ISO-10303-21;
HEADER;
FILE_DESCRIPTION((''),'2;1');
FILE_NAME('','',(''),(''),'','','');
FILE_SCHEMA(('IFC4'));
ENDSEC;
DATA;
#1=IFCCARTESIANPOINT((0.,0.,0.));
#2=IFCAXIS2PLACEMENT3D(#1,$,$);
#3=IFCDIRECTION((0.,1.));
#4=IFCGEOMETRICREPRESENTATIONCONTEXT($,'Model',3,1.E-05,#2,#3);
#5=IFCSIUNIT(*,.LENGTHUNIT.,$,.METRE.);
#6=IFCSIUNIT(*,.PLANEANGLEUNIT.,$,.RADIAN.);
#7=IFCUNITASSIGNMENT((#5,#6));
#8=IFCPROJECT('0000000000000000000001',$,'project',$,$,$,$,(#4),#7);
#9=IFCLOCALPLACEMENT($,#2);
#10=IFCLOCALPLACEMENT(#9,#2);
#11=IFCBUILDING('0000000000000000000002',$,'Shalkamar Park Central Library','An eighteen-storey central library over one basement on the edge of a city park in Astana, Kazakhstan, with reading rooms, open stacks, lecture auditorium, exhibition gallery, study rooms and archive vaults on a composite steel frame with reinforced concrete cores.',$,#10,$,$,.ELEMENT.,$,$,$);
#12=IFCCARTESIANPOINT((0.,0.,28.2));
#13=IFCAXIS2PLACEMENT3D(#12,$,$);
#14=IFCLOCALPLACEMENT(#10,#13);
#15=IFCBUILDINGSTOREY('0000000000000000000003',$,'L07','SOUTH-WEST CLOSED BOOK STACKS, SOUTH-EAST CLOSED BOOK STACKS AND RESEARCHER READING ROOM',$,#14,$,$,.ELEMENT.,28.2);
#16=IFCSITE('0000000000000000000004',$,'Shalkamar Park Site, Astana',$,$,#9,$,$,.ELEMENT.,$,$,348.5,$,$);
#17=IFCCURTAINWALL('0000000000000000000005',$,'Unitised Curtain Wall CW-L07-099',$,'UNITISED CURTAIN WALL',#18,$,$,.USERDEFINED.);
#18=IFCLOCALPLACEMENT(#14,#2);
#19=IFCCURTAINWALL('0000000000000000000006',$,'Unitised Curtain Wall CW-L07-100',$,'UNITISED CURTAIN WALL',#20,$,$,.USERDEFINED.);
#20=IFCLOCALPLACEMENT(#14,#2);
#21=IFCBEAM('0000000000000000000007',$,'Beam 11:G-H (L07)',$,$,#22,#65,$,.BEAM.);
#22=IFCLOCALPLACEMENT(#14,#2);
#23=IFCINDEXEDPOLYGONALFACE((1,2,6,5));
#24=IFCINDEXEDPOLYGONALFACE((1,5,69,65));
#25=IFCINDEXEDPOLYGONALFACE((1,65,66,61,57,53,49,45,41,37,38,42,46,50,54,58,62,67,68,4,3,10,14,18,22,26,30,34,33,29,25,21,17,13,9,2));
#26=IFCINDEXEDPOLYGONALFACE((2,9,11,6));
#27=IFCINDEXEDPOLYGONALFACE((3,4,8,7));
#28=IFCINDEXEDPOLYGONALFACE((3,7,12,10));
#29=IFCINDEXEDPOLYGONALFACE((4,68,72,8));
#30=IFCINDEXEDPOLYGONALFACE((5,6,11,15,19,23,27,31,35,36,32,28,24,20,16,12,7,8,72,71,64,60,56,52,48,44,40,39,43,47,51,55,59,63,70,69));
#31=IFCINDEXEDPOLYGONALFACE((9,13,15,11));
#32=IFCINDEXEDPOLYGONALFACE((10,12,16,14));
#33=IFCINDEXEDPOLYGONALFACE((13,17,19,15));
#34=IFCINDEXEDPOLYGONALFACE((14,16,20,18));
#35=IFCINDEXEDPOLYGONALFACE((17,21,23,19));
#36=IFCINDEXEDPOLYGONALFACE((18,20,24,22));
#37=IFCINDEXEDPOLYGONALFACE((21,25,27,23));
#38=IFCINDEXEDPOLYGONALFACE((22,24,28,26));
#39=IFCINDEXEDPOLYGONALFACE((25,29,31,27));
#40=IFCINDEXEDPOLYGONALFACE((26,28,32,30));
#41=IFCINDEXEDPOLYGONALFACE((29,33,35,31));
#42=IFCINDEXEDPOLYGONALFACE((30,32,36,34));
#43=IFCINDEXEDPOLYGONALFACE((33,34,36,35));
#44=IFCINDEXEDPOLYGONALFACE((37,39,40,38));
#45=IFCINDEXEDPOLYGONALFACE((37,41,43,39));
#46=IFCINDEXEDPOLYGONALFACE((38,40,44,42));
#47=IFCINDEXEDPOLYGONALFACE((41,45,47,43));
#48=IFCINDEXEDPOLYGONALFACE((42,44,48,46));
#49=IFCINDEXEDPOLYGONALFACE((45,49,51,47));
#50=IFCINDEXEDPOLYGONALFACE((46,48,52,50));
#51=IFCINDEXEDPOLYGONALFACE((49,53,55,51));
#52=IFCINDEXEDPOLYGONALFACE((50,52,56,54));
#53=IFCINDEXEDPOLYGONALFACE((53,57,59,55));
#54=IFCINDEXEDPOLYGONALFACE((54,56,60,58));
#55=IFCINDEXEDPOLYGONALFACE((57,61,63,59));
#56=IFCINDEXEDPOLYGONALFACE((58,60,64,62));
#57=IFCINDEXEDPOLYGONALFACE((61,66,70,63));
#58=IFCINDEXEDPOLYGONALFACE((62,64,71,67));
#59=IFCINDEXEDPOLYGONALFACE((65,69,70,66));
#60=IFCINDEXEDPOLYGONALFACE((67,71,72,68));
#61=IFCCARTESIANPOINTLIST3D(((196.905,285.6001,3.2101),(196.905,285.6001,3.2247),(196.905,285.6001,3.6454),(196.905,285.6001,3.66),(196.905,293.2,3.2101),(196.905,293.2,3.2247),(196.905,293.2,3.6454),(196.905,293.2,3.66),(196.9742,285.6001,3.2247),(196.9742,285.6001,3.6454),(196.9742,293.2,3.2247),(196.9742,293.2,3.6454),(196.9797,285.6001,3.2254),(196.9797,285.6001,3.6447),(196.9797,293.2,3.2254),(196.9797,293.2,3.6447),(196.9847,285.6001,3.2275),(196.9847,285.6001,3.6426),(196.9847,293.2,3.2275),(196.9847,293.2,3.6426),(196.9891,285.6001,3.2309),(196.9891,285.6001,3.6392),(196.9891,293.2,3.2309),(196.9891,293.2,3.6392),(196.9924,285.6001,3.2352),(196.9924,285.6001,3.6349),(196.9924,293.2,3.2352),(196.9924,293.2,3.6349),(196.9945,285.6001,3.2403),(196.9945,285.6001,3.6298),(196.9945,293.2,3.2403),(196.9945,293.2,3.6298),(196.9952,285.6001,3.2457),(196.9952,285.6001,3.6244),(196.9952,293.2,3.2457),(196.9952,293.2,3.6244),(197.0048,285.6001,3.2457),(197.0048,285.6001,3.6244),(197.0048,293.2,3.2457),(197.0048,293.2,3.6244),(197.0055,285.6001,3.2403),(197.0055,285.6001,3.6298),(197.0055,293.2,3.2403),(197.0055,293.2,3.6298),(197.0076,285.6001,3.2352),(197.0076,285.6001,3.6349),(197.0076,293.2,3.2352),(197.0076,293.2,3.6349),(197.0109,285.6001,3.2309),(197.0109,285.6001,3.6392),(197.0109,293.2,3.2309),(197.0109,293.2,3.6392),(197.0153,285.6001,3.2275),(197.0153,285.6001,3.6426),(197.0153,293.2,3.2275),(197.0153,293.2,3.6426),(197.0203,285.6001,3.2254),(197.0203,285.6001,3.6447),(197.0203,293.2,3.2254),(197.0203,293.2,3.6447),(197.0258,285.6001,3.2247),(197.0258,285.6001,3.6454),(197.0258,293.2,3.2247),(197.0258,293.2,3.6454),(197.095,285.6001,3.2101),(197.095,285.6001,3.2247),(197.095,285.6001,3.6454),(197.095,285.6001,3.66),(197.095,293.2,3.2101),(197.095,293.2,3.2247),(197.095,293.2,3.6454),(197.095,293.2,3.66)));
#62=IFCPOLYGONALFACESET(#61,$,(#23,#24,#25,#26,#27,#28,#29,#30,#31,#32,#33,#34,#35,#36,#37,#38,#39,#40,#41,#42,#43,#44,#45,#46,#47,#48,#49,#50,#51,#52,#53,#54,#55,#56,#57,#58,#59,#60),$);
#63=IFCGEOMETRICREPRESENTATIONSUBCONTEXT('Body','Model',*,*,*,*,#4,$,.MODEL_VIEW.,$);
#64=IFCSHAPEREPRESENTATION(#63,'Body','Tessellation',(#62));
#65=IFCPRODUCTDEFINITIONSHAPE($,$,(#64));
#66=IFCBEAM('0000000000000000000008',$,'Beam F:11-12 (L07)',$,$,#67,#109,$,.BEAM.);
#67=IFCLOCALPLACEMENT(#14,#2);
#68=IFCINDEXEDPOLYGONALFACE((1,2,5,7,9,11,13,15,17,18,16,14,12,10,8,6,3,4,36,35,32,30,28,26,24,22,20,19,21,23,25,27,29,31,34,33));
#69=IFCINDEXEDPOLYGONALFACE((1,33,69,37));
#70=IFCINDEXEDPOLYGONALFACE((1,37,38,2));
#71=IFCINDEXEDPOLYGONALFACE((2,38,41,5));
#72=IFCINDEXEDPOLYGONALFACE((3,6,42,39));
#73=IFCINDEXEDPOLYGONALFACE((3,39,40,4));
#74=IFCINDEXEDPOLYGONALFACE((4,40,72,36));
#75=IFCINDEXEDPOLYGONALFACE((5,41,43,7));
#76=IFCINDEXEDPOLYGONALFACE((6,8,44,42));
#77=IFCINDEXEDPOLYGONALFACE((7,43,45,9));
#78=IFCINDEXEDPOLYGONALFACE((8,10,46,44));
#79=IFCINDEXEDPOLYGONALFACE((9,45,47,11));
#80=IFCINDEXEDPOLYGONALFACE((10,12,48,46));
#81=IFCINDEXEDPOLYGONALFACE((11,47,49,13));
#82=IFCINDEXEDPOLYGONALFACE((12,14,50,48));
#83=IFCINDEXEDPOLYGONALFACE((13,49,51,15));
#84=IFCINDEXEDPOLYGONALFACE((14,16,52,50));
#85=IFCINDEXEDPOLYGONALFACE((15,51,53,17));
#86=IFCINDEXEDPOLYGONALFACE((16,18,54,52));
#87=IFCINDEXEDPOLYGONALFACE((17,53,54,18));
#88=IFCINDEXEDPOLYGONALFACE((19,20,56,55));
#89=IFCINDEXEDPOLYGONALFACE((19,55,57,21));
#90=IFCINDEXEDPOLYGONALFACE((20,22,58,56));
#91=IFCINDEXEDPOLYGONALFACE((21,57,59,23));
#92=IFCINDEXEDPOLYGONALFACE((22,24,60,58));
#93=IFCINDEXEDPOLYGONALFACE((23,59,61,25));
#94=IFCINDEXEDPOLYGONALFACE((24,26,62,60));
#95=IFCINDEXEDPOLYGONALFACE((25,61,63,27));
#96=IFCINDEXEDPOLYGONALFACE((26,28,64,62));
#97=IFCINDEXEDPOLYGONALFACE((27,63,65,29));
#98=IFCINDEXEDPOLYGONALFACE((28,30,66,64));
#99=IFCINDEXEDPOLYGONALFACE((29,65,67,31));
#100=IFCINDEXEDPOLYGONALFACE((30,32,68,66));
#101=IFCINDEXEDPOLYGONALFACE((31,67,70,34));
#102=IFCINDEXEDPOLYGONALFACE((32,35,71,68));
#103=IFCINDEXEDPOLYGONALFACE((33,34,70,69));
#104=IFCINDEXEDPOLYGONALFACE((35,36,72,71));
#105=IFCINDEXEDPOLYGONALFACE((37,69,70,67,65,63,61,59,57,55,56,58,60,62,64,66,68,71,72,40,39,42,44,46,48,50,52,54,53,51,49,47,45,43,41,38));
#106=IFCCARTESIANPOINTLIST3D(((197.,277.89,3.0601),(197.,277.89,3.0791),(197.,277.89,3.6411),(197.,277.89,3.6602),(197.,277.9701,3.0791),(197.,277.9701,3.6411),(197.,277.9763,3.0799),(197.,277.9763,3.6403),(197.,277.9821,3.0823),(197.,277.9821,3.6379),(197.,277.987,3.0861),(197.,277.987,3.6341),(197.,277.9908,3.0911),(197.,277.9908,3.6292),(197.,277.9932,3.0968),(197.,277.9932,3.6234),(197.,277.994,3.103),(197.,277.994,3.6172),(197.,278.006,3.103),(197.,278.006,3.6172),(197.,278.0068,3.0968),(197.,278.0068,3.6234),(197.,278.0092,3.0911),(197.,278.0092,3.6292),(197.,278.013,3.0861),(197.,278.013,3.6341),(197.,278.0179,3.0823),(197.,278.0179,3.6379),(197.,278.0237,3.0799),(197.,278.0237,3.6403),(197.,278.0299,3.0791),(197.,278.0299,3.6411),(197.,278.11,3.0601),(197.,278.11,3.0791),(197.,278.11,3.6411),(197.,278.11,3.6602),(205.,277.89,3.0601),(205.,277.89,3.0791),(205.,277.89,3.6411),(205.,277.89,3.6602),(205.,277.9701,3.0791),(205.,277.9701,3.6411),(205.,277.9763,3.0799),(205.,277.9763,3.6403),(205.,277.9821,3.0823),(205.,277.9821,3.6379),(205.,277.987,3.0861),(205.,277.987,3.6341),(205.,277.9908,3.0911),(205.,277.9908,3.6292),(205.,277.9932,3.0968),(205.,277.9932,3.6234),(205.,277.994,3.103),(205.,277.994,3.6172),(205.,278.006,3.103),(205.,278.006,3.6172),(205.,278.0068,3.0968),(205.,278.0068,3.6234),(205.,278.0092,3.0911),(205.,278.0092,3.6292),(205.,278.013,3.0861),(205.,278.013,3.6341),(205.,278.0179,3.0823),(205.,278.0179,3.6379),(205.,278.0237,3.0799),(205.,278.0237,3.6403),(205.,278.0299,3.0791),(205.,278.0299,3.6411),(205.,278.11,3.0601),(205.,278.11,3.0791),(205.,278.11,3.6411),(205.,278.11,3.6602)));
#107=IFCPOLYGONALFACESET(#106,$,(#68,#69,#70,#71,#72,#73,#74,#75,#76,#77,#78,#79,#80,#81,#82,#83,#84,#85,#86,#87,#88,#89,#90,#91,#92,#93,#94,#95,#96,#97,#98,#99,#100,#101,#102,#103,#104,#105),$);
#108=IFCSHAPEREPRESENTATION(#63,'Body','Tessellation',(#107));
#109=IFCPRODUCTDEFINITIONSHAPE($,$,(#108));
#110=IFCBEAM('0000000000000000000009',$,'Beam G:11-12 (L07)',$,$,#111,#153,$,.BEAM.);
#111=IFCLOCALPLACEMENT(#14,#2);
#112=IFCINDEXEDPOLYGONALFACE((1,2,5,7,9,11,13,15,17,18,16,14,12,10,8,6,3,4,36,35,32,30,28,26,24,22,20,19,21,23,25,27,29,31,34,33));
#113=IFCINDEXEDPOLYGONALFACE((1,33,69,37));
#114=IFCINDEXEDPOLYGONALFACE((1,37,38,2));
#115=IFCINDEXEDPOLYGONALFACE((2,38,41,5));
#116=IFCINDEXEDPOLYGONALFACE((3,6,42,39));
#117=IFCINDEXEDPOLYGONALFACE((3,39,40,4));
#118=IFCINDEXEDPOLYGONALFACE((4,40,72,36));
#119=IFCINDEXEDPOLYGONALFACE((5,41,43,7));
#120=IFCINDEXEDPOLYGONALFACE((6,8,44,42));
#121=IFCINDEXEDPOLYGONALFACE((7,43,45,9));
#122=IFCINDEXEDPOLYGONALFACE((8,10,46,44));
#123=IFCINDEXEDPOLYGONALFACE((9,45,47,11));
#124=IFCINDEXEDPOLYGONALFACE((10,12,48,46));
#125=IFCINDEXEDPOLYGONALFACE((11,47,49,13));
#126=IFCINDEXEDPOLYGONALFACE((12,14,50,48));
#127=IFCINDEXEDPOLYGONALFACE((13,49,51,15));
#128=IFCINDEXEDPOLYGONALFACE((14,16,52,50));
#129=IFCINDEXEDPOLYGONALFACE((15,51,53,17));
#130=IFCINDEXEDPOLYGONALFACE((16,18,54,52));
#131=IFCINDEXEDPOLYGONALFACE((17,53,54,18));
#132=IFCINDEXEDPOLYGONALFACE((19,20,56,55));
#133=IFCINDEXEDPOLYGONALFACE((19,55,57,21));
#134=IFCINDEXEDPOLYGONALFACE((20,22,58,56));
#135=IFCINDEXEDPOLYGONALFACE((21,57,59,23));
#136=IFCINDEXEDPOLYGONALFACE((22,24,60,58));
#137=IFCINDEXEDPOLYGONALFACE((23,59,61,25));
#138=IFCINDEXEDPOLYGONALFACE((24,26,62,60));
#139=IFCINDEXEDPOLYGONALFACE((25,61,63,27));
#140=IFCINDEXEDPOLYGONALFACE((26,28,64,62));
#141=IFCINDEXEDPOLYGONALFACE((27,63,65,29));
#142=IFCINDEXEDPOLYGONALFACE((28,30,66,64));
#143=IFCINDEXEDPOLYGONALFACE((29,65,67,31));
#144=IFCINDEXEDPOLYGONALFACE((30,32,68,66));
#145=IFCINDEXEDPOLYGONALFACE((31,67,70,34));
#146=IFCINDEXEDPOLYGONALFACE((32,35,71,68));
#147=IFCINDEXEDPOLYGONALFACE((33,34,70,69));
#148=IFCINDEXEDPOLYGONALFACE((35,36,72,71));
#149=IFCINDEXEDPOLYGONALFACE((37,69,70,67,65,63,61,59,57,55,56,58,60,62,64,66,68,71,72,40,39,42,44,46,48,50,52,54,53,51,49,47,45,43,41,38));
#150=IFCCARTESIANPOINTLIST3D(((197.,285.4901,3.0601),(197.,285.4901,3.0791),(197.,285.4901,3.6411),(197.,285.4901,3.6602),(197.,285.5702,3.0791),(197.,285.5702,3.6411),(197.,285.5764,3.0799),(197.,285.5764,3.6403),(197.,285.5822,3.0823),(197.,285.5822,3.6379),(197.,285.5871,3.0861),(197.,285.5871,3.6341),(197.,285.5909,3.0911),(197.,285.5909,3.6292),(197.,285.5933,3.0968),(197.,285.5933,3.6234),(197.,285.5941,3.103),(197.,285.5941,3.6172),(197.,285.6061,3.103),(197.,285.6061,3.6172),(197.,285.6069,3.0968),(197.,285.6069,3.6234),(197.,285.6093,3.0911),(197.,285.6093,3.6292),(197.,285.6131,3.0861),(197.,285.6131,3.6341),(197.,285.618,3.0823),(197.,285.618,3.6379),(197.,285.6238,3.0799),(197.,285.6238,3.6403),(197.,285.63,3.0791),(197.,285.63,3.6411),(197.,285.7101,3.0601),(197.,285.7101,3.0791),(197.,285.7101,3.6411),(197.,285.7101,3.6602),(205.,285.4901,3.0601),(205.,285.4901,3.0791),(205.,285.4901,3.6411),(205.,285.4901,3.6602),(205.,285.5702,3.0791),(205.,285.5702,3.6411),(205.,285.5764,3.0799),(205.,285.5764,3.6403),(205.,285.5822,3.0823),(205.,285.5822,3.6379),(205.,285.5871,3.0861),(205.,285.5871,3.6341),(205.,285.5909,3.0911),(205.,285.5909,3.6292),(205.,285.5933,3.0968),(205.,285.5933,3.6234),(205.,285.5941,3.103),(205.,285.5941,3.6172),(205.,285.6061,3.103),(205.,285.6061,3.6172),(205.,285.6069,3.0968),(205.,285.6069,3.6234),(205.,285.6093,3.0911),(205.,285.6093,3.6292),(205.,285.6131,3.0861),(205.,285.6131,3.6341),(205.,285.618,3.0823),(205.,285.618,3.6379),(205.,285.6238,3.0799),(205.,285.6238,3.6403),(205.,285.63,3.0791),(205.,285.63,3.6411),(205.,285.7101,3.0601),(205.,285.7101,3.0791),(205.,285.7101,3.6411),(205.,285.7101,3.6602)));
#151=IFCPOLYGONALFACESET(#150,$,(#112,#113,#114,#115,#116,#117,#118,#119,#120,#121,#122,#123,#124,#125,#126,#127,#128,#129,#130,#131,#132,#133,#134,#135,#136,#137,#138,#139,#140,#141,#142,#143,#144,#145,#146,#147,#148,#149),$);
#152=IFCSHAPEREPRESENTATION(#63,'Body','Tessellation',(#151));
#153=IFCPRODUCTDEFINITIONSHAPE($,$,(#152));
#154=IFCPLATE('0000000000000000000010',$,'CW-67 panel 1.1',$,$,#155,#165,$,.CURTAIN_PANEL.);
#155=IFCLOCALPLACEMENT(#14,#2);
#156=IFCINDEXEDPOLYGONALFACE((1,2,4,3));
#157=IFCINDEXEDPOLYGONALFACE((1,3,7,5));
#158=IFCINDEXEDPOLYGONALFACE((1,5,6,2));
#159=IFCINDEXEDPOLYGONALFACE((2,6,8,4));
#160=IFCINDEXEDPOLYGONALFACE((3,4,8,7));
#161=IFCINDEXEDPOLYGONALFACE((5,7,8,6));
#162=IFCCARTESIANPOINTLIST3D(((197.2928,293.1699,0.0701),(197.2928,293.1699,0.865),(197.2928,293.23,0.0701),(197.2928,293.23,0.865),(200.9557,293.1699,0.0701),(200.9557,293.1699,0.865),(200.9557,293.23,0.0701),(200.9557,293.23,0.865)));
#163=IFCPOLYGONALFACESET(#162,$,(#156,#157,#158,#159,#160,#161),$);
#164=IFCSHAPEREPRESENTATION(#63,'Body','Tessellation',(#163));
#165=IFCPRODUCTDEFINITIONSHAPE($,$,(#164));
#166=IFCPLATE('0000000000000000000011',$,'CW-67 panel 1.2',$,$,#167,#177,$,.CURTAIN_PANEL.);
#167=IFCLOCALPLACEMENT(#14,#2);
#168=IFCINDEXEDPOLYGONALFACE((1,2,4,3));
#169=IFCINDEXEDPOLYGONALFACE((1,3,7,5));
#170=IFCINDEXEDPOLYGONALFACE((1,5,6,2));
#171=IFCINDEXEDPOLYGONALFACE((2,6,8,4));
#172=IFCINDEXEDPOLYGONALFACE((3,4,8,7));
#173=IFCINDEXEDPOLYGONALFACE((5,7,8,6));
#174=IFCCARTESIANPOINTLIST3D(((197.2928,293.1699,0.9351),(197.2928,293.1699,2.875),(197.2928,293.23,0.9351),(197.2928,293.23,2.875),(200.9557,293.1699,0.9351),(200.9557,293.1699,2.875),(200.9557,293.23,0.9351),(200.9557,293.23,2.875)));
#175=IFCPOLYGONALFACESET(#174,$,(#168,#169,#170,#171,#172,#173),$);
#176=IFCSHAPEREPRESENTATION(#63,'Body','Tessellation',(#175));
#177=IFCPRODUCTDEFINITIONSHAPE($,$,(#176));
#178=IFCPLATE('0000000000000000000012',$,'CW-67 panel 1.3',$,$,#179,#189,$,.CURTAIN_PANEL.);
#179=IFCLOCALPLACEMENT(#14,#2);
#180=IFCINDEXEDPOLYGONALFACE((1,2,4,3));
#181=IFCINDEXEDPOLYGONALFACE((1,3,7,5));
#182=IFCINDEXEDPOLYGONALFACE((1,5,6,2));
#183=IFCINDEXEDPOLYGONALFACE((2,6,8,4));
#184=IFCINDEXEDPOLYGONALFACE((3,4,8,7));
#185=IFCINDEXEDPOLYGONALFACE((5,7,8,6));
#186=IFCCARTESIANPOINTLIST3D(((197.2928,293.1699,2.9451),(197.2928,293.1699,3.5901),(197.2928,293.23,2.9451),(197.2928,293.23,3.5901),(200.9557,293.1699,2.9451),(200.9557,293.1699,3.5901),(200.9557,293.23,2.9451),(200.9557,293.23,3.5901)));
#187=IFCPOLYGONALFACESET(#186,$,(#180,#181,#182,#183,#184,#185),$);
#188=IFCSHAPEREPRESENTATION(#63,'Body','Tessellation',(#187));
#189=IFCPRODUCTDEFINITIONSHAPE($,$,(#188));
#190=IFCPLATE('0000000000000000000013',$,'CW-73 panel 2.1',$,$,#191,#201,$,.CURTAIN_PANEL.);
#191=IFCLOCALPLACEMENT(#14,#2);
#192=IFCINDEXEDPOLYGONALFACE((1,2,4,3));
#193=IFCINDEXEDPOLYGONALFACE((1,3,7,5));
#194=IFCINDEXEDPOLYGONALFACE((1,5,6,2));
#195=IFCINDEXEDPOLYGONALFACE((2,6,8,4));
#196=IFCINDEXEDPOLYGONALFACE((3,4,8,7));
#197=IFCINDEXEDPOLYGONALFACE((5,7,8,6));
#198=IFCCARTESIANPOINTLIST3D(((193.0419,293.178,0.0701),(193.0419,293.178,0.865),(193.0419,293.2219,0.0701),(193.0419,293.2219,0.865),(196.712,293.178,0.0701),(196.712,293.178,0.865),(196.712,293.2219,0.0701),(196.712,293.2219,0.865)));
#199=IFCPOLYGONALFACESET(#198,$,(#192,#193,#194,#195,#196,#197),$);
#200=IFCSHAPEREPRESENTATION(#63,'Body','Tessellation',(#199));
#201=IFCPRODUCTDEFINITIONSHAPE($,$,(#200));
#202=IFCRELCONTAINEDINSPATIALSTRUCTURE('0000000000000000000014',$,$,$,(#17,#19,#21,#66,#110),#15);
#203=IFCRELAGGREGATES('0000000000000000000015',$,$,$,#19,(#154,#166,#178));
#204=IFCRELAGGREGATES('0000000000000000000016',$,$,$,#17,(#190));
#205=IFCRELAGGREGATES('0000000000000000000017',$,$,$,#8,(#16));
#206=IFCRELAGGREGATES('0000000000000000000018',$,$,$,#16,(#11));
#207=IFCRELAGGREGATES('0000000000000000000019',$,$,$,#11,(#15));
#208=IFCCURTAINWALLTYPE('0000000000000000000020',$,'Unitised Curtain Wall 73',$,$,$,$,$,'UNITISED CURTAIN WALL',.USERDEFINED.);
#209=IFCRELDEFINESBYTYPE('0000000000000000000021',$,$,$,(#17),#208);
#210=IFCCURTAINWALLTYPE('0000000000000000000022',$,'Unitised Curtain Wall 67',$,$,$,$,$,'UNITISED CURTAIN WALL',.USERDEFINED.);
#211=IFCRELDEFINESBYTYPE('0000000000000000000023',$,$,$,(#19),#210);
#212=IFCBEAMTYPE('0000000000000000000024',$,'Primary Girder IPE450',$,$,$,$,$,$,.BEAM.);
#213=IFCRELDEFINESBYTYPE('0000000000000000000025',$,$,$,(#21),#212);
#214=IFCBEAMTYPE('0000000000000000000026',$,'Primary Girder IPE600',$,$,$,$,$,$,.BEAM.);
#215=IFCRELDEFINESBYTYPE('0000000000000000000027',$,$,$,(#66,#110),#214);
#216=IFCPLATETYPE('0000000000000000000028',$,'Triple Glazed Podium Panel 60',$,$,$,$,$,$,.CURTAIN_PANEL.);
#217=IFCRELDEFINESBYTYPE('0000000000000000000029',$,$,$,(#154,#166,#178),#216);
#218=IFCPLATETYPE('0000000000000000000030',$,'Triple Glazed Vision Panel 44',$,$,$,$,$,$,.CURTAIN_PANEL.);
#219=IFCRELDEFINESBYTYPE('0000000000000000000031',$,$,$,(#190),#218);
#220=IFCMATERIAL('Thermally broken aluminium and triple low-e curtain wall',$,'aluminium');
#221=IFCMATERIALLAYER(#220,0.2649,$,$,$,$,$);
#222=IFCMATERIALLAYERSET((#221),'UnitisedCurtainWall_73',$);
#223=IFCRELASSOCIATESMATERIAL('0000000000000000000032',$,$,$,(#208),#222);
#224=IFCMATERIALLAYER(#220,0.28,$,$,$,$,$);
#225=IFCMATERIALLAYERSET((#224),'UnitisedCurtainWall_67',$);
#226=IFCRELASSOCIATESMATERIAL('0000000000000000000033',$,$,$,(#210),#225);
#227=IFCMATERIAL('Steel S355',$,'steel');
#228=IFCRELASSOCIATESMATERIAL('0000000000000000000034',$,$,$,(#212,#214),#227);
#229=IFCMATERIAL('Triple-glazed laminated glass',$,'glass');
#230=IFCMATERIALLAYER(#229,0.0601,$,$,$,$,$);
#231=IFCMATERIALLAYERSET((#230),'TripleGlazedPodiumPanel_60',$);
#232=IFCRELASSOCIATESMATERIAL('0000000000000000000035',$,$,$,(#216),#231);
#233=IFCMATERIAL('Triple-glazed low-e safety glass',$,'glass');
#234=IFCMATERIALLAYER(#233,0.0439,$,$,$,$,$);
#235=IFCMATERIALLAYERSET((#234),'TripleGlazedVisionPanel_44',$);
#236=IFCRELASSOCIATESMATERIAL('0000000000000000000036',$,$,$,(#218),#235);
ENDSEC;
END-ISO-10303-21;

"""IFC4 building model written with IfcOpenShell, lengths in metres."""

from ifc_helpers import new_model, si_unit, direction, frame, origin, origin_2d, place, context, subcontext, project, spatial, rectangle, i_section, extrude, material, layer, layer_set, material_profile, profile_set, type_object, element, aggregate, save


model = new_model("IFC4")

# Units and contexts
model_context = context("Model", 3, precision=1e-05, world=origin(), true_north=direction((0.0, 1.0)))
body_context = subcontext(model_context, "Body", "Model", "MODEL_VIEW")
ifc_project = project(units=[si_unit("LENGTHUNIT", "METRE"), si_unit("PLANEANGLEUNIT", "RADIAN")], contexts=[model_context])

# Site, building, storey
site_placement = place(None, origin())
site = spatial("IfcSite", under=ifc_project, at=site_placement, Name="Shalkamar Park Site, Astana", CompositionType="ELEMENT", RefElevation=348.5)
building_placement = place(site_placement, origin())
building = spatial("IfcBuilding", under=site, at=building_placement, Name="Shalkamar Park Central Library", Description="An eighteen-storey central library over one basement on the edge of a city park in Astana, Kazakhstan, with reading rooms, open stacks, lecture auditorium, exhibition gallery, study rooms and archive vaults on a composite steel frame with reinforced concrete cores.", CompositionType="ELEMENT")
storey_placement = place(building_placement, frame((0.0, 0.0, 28.2)))
storey = spatial("IfcBuildingStorey", under=building, at=storey_placement, Name="L07", Description="SOUTH-WEST CLOSED BOOK STACKS, SOUTH-EAST CLOSED BOOK STACKS AND RESEARCHER READING ROOM", CompositionType="ELEMENT", Elevation=28.2)

# Shared definitions
ifc_material_1 = material(Name="Steel S355", Category="steel")

# Curtain wall
ifc_material_2 = material(Name="Thermally broken aluminium and triple low-e curtain wall", Category="aluminium")
ifc_layer_1 = layer(ifc_material_2, 0.2649)
ifc_layer_set_1 = layer_set([ifc_layer_1], Name="UnitisedCurtainWall_73")
curtain_wall_type_1 = type_object("IfcCurtainWallType", Name="Unitised Curtain Wall 73", ElementType="UNITISED CURTAIN WALL", PredefinedType="USERDEFINED", material=ifc_layer_set_1)
curtain_wall_1_placement = place(storey_placement, origin())
curtain_wall_1 = element("IfcCurtainWall", 1, at=curtain_wall_1_placement, inside=storey, type_object=curtain_wall_type_1, Name="Unitised Curtain Wall CW-L07-099", ObjectType="UNITISED CURTAIN WALL", PredefinedType="USERDEFINED")

# Curtain wall
ifc_layer_2 = layer(ifc_material_2, 0.28)
ifc_layer_set_2 = layer_set([ifc_layer_2], Name="UnitisedCurtainWall_67")
curtain_wall_type_2 = type_object("IfcCurtainWallType", Name="Unitised Curtain Wall 67", ElementType="UNITISED CURTAIN WALL", PredefinedType="USERDEFINED", material=ifc_layer_set_2)
curtain_wall_2_placement = place(storey_placement, origin())
curtain_wall_2 = element("IfcCurtainWall", 2, at=curtain_wall_2_placement, inside=storey, type_object=curtain_wall_type_2, Name="Unitised Curtain Wall CW-L07-100", ObjectType="UNITISED CURTAIN WALL", PredefinedType="USERDEFINED")

# Beams
ifc_material_profile_1 = material_profile(ifc_material_1, i_section(OverallWidth=0.1899, OverallDepth=0.45, WebThickness=0.0095, FlangeThickness=0.0146, FilletRadius=0.021, at=origin_2d()), Name="IPE 450")
ifc_profile_set_1 = profile_set([ifc_material_profile_1], Name="Steel S355")
beam_type_1 = type_object("IfcBeamType", Name="Primary Girder IPE450", PredefinedType="BEAM", material=ifc_profile_set_1)
beam_1_placement = place(storey_placement, frame((197.0, 285.6001, 3.4351), z_axis=(0.0, 1.0, 0.0), x_axis=(-1.0, 0.0, 0.0)))
element("IfcBeam", 3, at=beam_1_placement, inside=storey, type_object=beam_type_1, Name="Beam 11:G-H (L07)", PredefinedType="BEAM", context=body_context, shape_type="SweptSolid", body=[
    extrude(i_section(OverallWidth=0.1899, OverallDepth=0.45, WebThickness=0.0095, FlangeThickness=0.0146, FilletRadius=0.021, at=origin_2d()), origin(), (0.0, 0.0, 1.0), 7.5999),
])
ifc_material_profile_2 = material_profile(ifc_material_1, i_section(OverallWidth=0.22, OverallDepth=0.6001, WebThickness=0.012, FlangeThickness=0.019, FilletRadius=0.0239, at=origin_2d()), Name="IPE 600")
ifc_profile_set_2 = profile_set([ifc_material_profile_2], Name="Steel S355")
beam_type_2 = type_object("IfcBeamType", Name="Primary Girder IPE600", PredefinedType="BEAM", material=ifc_profile_set_2)
for number, where, z_axis, x_axis, name in (
    (4, (197.0, 278.0, 3.3601), (1.0, 0.0, 0.0), (0.0, 1.0, 0.0), "Beam F:11-12 (L07)"),
    (5, (197.0, 285.6001, 3.3601), (1.0, 0.0, 0.0), (0.0, 1.0, 0.0), "Beam G:11-12 (L07)"),
):
    element("IfcBeam", number, at=place(storey_placement, frame(where, z_axis=z_axis, x_axis=x_axis)), inside=storey, type_object=beam_type_2, Name=name, PredefinedType="BEAM", context=body_context, shape_type="SweptSolid", body=[
        extrude(i_section(OverallWidth=0.22, OverallDepth=0.6001, WebThickness=0.012, FlangeThickness=0.019, FilletRadius=0.0239, at=origin_2d()), origin(), (0.0, 0.0, 1.0), 8.0),
    ])

# Plates
ifc_material_3 = material(Name="Triple-glazed laminated glass", Category="glass")
ifc_layer_3 = layer(ifc_material_3, 0.0601)
ifc_layer_set_3 = layer_set([ifc_layer_3], Name="TripleGlazedPodiumPanel_60")
plate_type_1 = type_object("IfcPlateType", Name="Triple Glazed Podium Panel 60", PredefinedType="CURTAIN_PANEL", material=ifc_layer_set_3)
plate_1_placement = place(storey_placement, frame((199.1243, 293.2, 0.0701), z_axis=(0.0, 0.0, 1.0), x_axis=(1.0, 0.0, 0.0)))
plate_1 = element("IfcPlate", 6, at=plate_1_placement, type_object=plate_type_1, Name="CW-67 panel 1.1", PredefinedType="CURTAIN_PANEL", context=body_context, shape_type="SweptSolid", body=[
    extrude(rectangle(XDim=3.6628, YDim=0.0601, at=origin_2d()), origin(), (0.0, 0.0, 1.0), 0.7949),
])
plate_2_placement = place(storey_placement, frame((199.1243, 293.2, 0.9351), z_axis=(0.0, 0.0, 1.0), x_axis=(1.0, 0.0, 0.0)))
plate_2 = element("IfcPlate", 7, at=plate_2_placement, type_object=plate_type_1, Name="CW-67 panel 1.2", PredefinedType="CURTAIN_PANEL", context=body_context, shape_type="SweptSolid", body=[
    extrude(rectangle(XDim=3.6628, YDim=0.0601, at=origin_2d()), origin(), (0.0, 0.0, 1.0), 1.9399),
])
plate_3_placement = place(storey_placement, frame((199.1243, 293.2, 2.9451), z_axis=(0.0, 0.0, 1.0), x_axis=(1.0, 0.0, 0.0)))
plate_3 = element("IfcPlate", 8, at=plate_3_placement, type_object=plate_type_1, Name="CW-67 panel 1.3", PredefinedType="CURTAIN_PANEL", context=body_context, shape_type="SweptSolid", body=[
    extrude(rectangle(XDim=3.6628, YDim=0.0601, at=origin_2d()), origin(), (0.0, 0.0, 1.0), 0.645),
])
aggregate(curtain_wall_2, [plate_1, plate_2, plate_3])
ifc_material_4 = material(Name="Triple-glazed low-e safety glass", Category="glass")
ifc_layer_4 = layer(ifc_material_4, 0.0439)
ifc_layer_set_4 = layer_set([ifc_layer_4], Name="TripleGlazedVisionPanel_44")
plate_type_2 = type_object("IfcPlateType", Name="Triple Glazed Vision Panel 44", PredefinedType="CURTAIN_PANEL", material=ifc_layer_set_4)
plate_4_placement = place(storey_placement, frame((194.877, 293.2, 0.0701), z_axis=(0.0, 0.0, 1.0), x_axis=(1.0, 0.0, 0.0)))
plate_4 = element("IfcPlate", 9, at=plate_4_placement, type_object=plate_type_2, Name="CW-73 panel 2.1", PredefinedType="CURTAIN_PANEL", context=body_context, shape_type="SweptSolid", body=[
    extrude(rectangle(XDim=3.6702, YDim=0.0439, at=origin_2d()), origin(), (0.0, 0.0, 1.0), 0.7949),
])
aggregate(curtain_wall_1, [plate_4])

save(model, "model.ifc")
